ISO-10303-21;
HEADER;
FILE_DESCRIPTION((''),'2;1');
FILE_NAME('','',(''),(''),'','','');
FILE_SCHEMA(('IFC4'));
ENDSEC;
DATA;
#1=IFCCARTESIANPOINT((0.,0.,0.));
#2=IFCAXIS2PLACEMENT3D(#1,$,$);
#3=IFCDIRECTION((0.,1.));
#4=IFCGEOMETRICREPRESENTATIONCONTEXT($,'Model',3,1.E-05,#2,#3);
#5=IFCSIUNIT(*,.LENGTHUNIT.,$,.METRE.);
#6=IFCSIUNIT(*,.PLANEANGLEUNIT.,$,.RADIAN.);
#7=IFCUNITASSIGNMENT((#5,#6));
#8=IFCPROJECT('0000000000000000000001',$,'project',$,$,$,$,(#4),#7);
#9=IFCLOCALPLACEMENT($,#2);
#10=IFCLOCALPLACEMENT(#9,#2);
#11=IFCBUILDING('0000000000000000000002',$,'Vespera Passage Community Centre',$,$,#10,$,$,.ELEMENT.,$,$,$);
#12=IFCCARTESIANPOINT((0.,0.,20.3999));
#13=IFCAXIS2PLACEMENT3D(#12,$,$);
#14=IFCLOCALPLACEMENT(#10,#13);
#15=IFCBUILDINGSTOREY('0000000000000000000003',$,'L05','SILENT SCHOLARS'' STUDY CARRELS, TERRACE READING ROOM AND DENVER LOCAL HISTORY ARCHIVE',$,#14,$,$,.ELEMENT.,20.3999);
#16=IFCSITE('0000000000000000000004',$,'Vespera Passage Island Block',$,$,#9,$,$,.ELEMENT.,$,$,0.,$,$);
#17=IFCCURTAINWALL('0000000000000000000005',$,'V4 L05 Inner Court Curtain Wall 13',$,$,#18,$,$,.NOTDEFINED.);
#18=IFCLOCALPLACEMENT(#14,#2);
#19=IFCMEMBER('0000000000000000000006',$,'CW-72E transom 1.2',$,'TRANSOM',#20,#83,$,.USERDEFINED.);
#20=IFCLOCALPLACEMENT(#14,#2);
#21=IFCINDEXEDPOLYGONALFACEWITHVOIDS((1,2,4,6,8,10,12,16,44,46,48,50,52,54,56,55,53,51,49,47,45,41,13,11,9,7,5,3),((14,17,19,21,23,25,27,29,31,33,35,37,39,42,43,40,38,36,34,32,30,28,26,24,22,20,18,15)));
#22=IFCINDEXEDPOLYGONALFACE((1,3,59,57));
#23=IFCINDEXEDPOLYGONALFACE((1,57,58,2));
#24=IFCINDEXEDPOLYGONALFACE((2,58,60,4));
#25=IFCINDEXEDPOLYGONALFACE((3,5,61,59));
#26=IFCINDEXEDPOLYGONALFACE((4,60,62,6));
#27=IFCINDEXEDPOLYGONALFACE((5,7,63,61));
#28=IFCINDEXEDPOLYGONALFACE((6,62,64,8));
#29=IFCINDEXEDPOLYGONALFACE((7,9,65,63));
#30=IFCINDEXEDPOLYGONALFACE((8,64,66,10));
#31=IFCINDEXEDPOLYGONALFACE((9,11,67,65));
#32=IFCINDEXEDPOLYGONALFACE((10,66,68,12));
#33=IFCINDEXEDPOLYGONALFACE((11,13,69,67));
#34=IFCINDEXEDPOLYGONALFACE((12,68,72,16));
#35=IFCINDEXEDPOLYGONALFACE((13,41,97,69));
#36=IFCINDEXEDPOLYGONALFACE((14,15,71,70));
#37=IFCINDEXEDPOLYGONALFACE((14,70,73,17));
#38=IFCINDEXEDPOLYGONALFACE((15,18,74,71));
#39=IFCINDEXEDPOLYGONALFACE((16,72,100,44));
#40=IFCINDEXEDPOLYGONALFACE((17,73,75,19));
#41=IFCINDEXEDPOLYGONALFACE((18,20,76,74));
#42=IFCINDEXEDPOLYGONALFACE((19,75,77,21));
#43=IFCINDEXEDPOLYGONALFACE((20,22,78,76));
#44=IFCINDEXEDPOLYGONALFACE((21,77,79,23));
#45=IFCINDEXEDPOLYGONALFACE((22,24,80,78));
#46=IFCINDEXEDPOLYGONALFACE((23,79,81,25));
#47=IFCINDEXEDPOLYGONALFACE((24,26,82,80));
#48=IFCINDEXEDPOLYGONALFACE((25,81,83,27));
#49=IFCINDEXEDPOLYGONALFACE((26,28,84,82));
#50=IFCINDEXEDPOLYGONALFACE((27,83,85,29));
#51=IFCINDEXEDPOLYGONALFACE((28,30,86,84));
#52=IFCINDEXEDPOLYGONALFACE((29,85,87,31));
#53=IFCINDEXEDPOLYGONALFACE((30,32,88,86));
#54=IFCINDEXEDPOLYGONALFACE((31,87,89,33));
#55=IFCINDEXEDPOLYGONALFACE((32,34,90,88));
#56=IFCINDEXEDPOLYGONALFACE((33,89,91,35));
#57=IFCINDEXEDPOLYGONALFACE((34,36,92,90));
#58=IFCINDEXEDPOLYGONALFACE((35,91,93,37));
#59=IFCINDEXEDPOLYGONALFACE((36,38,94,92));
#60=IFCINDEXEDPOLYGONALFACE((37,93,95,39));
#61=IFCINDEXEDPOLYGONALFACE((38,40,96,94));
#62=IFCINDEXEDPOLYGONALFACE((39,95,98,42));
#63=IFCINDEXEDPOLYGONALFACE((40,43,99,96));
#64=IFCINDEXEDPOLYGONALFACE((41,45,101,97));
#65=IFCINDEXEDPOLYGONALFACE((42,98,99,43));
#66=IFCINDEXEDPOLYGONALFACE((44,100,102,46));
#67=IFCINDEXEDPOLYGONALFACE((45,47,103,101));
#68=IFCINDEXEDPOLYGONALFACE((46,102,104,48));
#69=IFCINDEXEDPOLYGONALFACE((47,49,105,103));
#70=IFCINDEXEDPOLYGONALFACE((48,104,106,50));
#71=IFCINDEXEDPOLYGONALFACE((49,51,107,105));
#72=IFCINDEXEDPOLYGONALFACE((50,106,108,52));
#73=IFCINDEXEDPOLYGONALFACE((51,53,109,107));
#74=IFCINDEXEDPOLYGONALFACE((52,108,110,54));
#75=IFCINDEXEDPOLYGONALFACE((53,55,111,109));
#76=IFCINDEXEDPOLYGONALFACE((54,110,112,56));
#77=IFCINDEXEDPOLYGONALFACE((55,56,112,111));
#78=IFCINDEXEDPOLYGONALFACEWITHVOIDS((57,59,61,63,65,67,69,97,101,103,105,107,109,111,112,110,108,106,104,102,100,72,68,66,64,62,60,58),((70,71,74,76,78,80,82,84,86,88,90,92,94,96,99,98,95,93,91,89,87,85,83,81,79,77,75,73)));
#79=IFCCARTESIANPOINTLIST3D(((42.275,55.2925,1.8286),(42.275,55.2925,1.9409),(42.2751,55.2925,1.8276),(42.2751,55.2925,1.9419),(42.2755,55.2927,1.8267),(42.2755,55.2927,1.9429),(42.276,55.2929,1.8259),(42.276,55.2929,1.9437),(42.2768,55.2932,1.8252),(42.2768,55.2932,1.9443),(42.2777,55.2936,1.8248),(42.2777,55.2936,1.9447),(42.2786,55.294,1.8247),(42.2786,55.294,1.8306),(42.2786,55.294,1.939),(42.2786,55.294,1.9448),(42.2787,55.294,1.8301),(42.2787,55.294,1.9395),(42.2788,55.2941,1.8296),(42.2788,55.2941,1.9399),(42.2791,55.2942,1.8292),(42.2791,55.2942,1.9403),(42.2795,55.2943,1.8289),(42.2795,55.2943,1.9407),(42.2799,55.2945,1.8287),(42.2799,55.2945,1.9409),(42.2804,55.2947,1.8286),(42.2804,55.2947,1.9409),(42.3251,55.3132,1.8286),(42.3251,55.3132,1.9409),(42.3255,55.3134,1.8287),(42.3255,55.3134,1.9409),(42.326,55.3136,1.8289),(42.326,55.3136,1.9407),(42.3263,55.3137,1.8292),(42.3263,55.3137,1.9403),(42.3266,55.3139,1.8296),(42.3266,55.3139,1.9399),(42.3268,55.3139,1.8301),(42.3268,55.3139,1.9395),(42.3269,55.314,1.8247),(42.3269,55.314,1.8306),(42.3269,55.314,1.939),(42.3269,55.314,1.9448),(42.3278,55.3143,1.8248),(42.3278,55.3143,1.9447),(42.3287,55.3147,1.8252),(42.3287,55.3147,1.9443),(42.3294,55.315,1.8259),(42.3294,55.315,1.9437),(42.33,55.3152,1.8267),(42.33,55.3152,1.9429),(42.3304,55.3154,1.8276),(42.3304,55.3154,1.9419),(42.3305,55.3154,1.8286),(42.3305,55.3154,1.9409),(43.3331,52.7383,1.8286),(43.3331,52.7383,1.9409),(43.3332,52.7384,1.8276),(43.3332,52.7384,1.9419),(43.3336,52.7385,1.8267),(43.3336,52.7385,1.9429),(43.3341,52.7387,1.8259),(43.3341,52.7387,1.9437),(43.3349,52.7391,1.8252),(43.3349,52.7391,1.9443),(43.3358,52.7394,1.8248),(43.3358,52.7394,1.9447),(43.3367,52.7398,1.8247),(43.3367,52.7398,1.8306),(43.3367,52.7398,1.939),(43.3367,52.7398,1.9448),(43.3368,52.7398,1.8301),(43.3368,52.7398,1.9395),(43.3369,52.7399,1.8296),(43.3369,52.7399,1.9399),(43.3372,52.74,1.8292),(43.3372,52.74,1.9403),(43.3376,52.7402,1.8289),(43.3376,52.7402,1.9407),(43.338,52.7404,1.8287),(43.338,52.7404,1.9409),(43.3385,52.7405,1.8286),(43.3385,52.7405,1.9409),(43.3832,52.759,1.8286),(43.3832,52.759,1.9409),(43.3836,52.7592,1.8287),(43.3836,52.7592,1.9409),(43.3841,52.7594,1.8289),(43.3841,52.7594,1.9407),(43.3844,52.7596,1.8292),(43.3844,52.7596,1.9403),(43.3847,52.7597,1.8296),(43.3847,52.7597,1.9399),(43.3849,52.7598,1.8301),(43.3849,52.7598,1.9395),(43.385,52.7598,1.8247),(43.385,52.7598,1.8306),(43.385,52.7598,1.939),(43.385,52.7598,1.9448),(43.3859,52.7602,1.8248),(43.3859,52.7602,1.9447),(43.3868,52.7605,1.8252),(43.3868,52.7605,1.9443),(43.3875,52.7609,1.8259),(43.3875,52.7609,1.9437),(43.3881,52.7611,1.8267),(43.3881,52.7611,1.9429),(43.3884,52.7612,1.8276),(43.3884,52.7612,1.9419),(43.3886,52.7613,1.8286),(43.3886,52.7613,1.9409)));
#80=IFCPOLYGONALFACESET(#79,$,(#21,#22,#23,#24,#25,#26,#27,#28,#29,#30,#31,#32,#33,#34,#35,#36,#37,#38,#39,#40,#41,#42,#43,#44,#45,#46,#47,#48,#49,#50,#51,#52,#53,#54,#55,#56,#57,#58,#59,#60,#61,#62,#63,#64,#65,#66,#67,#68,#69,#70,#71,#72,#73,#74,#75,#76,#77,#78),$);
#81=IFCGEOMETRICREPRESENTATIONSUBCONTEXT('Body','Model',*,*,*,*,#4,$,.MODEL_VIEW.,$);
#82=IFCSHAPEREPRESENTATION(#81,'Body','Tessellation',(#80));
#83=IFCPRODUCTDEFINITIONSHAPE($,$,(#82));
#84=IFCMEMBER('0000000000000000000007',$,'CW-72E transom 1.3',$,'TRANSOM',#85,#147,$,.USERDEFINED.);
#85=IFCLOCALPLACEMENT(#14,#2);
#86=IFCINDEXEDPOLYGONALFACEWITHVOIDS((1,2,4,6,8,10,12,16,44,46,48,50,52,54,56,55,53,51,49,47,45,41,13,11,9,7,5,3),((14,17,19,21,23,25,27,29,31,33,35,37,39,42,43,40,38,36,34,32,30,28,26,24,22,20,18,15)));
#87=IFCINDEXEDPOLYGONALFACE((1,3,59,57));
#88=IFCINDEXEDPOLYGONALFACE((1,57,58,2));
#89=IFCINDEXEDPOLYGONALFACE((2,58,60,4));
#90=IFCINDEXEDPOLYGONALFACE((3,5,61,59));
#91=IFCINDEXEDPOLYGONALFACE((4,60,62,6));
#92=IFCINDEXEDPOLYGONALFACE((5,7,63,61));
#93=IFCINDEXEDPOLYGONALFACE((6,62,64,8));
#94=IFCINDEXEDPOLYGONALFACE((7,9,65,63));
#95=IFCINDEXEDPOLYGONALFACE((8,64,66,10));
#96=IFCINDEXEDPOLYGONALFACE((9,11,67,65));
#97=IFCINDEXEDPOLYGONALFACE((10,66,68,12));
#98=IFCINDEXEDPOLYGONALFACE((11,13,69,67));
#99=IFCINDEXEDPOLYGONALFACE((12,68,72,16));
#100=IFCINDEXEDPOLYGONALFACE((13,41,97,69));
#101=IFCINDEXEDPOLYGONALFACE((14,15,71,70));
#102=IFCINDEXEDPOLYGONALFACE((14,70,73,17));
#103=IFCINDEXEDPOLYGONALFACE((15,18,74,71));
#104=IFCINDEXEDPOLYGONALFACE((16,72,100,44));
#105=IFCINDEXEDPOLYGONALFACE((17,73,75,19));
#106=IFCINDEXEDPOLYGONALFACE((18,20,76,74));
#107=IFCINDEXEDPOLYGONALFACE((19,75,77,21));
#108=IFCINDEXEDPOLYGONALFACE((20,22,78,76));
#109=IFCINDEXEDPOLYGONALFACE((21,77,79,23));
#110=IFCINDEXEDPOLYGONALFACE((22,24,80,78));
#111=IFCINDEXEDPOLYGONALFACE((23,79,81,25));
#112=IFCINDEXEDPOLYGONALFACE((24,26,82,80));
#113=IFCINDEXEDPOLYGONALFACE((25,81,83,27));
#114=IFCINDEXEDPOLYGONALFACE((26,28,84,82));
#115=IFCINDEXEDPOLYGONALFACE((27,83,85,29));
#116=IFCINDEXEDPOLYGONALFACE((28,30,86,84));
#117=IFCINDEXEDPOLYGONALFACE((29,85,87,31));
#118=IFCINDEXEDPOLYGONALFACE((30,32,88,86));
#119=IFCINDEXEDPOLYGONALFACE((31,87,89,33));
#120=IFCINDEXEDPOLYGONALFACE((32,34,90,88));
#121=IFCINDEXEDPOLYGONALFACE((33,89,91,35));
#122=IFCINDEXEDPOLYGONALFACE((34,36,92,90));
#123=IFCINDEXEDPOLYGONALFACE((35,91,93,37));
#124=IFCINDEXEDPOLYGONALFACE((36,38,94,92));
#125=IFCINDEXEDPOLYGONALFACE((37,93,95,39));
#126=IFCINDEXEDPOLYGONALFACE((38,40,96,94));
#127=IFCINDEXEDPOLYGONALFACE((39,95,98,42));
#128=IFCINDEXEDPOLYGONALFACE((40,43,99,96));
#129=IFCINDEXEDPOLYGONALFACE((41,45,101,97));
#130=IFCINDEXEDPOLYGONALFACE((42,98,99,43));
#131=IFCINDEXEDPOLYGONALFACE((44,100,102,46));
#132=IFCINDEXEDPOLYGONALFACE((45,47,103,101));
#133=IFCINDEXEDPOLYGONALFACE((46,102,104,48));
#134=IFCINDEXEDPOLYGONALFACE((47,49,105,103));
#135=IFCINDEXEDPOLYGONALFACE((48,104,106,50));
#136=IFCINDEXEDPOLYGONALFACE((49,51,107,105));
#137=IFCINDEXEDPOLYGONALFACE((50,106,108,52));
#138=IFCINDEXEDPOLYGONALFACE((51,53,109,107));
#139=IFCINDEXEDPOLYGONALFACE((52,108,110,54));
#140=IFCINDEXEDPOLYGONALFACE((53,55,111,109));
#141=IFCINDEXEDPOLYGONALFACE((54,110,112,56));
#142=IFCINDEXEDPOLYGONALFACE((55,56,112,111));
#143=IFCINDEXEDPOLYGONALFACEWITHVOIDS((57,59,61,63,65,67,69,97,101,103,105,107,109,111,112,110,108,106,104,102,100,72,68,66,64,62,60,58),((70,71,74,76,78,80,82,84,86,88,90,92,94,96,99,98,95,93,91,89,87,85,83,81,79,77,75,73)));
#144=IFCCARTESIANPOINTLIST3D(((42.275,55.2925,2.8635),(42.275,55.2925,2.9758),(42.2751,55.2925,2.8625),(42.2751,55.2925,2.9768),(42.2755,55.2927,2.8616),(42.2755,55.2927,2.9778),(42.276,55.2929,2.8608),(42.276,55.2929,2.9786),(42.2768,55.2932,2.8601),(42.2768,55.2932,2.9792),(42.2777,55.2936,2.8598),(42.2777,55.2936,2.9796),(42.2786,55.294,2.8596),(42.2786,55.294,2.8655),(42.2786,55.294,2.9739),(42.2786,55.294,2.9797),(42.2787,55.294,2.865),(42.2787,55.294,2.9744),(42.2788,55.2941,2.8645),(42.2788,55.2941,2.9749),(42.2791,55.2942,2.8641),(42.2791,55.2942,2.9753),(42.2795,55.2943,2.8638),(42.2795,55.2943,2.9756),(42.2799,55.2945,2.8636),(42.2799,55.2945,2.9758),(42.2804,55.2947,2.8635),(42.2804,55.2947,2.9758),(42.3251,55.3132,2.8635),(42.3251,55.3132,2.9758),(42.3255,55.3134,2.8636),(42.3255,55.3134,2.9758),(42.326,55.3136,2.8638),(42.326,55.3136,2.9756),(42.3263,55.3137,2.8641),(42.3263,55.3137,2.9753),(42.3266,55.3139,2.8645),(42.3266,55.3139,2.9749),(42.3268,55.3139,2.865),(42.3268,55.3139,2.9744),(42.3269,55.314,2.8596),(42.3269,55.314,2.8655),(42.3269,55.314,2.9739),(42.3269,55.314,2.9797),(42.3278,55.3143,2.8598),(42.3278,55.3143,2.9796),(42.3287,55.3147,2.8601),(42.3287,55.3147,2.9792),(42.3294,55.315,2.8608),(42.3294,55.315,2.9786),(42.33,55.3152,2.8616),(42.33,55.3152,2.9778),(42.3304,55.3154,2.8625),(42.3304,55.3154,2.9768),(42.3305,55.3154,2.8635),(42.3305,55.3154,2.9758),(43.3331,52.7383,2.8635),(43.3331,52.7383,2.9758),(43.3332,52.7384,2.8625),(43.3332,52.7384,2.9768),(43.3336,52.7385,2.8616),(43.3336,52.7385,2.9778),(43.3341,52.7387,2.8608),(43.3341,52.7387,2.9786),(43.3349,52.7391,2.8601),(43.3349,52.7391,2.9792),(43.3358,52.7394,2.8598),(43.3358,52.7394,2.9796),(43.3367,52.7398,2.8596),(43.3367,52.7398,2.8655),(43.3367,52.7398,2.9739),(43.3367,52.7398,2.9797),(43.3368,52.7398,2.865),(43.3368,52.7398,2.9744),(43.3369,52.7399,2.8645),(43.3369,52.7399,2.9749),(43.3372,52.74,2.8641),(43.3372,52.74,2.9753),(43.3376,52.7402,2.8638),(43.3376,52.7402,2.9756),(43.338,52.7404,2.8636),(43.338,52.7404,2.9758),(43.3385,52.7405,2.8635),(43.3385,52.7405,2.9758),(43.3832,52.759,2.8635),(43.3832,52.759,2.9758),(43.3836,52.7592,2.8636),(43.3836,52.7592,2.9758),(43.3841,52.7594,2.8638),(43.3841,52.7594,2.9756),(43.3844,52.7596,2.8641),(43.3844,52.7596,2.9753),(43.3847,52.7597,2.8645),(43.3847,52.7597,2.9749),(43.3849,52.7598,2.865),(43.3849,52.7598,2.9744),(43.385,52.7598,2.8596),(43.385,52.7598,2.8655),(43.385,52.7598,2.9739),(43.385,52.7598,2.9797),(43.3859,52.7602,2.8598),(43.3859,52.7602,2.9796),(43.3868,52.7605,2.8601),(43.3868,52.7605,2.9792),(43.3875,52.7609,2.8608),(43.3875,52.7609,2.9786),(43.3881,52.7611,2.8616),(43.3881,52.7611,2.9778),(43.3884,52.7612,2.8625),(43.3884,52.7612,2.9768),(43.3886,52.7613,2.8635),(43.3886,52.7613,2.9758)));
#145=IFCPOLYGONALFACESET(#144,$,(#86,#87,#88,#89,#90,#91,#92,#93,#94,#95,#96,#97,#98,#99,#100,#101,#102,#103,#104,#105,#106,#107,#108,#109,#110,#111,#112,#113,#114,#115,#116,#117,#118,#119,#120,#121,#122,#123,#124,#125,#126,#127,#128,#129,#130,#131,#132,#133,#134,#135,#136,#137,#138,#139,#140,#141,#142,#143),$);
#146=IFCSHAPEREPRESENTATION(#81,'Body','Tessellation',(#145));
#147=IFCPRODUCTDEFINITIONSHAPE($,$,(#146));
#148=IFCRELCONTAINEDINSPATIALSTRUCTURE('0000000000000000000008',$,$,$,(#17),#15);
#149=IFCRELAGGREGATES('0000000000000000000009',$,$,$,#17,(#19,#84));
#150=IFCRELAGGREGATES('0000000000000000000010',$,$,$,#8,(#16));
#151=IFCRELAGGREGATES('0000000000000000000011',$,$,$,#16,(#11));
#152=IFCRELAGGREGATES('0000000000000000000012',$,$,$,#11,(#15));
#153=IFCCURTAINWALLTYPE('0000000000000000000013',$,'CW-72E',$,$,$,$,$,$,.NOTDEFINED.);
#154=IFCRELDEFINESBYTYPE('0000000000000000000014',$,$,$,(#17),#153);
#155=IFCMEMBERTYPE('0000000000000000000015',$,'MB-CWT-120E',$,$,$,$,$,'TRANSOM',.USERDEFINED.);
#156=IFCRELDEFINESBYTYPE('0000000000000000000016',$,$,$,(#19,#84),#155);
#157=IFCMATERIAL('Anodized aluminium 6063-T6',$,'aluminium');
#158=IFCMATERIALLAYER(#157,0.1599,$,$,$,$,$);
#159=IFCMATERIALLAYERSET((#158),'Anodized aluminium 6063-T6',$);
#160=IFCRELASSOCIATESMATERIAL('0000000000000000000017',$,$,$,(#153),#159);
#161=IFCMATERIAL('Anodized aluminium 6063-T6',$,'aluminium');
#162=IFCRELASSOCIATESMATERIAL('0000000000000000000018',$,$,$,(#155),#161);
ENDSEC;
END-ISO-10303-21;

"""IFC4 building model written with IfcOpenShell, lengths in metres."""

from ifc_helpers import new_model, si_unit, direction, frame, origin, origin_2d, place, context, subcontext, project, spatial, hollow_rectangle, extrude, material, layer, layer_set, material_profile, profile_set, type_object, element, aggregate, save


model = new_model("IFC4")

# Units and contexts
model_context = context("Model", 3, precision=1e-05, world=origin(), true_north=direction((0.0, 1.0)))
body_context = subcontext(model_context, "Body", "Model", "MODEL_VIEW")
ifc_project = project(units=[si_unit("LENGTHUNIT", "METRE"), si_unit("PLANEANGLEUNIT", "RADIAN")], contexts=[model_context])

# Site, building, storey
site_placement = place(None, origin())
site = spatial("IfcSite", under=ifc_project, at=site_placement, Name="Vespera Passage Island Block", CompositionType="ELEMENT", RefElevation=0.0)
building_placement = place(site_placement, origin())
building = spatial("IfcBuilding", under=site, at=building_placement, Name="Vespera Passage Community Centre", CompositionType="ELEMENT")
storey_placement = place(building_placement, frame((0.0, 0.0, 20.3999)))
storey = spatial("IfcBuildingStorey", under=building, at=storey_placement, Name="L05", Description="SILENT SCHOLARS' STUDY CARRELS, TERRACE READING ROOM AND DENVER LOCAL HISTORY ARCHIVE", CompositionType="ELEMENT", Elevation=20.3999)

# Curtain wall
ifc_material_1 = material(Name="Anodized aluminium 6063-T6", Category="aluminium")
ifc_layer_1 = layer(ifc_material_1, 0.1599)
ifc_layer_set_1 = layer_set([ifc_layer_1], Name="Anodized aluminium 6063-T6")
curtain_wall_type_1 = type_object("IfcCurtainWallType", Name="CW-72E", PredefinedType="NOTDEFINED", material=ifc_layer_set_1)
curtain_wall_1_placement = place(storey_placement, origin())
curtain_wall_1 = element("IfcCurtainWall", 1, at=curtain_wall_1_placement, inside=storey, type_object=curtain_wall_type_1, Name="V4 L05 Inner Court Curtain Wall 13", PredefinedType="NOTDEFINED")

# Members
ifc_material_2 = material(Name="Anodized aluminium 6063-T6", Category="aluminium")
ifc_material_profile_1 = material_profile(ifc_material_2, hollow_rectangle(XDim=0.0601, YDim=0.1201, WallThickness=0.0039, InnerFilletRadius=0.002, OuterFilletRadius=0.0039, at=origin_2d()), Name="ALU120X60X4")
ifc_profile_set_1 = profile_set([ifc_material_profile_1], Name="Anodized aluminium 6063-T6")
member_type_1 = type_object("IfcMemberType", Name="MB-CWT-120E", ElementType="TRANSOM", PredefinedType="USERDEFINED", material=ifc_profile_set_1)
member_1_placement = place(storey_placement, frame((42.3027, 55.304, 1.8848), z_axis=(0.382721, -0.923864, 0.0), x_axis=(0.923864, 0.382721, 0.0)))
member_1 = element("IfcMember", 2, at=member_1_placement, type_object=member_type_1, Name="CW-72E transom 1.2", ObjectType="TRANSOM", PredefinedType="USERDEFINED", context=body_context, shape_type="SweptSolid", body=[
    extrude(hollow_rectangle(XDim=0.0601, YDim=0.1201, WallThickness=0.0039, InnerFilletRadius=0.002, OuterFilletRadius=0.0039, at=origin_2d()), origin(), (0.0, 0.0, 1.0), 2.7646),
])
member_2_placement = place(storey_placement, frame((42.3027, 55.304, 2.9197), z_axis=(0.382721, -0.923864, 0.0), x_axis=(0.923864, 0.382721, 0.0)))
member_2 = element("IfcMember", 3, at=member_2_placement, type_object=member_type_1, Name="CW-72E transom 1.3", ObjectType="TRANSOM", PredefinedType="USERDEFINED", context=body_context, shape_type="SweptSolid", body=[
    extrude(hollow_rectangle(XDim=0.0601, YDim=0.1201, WallThickness=0.0039, InnerFilletRadius=0.002, OuterFilletRadius=0.0039, at=origin_2d()), origin(), (0.0, 0.0, 1.0), 2.7646),
])

aggregate(curtain_wall_1, [member_1, member_2])

save(model, "model.ifc")
